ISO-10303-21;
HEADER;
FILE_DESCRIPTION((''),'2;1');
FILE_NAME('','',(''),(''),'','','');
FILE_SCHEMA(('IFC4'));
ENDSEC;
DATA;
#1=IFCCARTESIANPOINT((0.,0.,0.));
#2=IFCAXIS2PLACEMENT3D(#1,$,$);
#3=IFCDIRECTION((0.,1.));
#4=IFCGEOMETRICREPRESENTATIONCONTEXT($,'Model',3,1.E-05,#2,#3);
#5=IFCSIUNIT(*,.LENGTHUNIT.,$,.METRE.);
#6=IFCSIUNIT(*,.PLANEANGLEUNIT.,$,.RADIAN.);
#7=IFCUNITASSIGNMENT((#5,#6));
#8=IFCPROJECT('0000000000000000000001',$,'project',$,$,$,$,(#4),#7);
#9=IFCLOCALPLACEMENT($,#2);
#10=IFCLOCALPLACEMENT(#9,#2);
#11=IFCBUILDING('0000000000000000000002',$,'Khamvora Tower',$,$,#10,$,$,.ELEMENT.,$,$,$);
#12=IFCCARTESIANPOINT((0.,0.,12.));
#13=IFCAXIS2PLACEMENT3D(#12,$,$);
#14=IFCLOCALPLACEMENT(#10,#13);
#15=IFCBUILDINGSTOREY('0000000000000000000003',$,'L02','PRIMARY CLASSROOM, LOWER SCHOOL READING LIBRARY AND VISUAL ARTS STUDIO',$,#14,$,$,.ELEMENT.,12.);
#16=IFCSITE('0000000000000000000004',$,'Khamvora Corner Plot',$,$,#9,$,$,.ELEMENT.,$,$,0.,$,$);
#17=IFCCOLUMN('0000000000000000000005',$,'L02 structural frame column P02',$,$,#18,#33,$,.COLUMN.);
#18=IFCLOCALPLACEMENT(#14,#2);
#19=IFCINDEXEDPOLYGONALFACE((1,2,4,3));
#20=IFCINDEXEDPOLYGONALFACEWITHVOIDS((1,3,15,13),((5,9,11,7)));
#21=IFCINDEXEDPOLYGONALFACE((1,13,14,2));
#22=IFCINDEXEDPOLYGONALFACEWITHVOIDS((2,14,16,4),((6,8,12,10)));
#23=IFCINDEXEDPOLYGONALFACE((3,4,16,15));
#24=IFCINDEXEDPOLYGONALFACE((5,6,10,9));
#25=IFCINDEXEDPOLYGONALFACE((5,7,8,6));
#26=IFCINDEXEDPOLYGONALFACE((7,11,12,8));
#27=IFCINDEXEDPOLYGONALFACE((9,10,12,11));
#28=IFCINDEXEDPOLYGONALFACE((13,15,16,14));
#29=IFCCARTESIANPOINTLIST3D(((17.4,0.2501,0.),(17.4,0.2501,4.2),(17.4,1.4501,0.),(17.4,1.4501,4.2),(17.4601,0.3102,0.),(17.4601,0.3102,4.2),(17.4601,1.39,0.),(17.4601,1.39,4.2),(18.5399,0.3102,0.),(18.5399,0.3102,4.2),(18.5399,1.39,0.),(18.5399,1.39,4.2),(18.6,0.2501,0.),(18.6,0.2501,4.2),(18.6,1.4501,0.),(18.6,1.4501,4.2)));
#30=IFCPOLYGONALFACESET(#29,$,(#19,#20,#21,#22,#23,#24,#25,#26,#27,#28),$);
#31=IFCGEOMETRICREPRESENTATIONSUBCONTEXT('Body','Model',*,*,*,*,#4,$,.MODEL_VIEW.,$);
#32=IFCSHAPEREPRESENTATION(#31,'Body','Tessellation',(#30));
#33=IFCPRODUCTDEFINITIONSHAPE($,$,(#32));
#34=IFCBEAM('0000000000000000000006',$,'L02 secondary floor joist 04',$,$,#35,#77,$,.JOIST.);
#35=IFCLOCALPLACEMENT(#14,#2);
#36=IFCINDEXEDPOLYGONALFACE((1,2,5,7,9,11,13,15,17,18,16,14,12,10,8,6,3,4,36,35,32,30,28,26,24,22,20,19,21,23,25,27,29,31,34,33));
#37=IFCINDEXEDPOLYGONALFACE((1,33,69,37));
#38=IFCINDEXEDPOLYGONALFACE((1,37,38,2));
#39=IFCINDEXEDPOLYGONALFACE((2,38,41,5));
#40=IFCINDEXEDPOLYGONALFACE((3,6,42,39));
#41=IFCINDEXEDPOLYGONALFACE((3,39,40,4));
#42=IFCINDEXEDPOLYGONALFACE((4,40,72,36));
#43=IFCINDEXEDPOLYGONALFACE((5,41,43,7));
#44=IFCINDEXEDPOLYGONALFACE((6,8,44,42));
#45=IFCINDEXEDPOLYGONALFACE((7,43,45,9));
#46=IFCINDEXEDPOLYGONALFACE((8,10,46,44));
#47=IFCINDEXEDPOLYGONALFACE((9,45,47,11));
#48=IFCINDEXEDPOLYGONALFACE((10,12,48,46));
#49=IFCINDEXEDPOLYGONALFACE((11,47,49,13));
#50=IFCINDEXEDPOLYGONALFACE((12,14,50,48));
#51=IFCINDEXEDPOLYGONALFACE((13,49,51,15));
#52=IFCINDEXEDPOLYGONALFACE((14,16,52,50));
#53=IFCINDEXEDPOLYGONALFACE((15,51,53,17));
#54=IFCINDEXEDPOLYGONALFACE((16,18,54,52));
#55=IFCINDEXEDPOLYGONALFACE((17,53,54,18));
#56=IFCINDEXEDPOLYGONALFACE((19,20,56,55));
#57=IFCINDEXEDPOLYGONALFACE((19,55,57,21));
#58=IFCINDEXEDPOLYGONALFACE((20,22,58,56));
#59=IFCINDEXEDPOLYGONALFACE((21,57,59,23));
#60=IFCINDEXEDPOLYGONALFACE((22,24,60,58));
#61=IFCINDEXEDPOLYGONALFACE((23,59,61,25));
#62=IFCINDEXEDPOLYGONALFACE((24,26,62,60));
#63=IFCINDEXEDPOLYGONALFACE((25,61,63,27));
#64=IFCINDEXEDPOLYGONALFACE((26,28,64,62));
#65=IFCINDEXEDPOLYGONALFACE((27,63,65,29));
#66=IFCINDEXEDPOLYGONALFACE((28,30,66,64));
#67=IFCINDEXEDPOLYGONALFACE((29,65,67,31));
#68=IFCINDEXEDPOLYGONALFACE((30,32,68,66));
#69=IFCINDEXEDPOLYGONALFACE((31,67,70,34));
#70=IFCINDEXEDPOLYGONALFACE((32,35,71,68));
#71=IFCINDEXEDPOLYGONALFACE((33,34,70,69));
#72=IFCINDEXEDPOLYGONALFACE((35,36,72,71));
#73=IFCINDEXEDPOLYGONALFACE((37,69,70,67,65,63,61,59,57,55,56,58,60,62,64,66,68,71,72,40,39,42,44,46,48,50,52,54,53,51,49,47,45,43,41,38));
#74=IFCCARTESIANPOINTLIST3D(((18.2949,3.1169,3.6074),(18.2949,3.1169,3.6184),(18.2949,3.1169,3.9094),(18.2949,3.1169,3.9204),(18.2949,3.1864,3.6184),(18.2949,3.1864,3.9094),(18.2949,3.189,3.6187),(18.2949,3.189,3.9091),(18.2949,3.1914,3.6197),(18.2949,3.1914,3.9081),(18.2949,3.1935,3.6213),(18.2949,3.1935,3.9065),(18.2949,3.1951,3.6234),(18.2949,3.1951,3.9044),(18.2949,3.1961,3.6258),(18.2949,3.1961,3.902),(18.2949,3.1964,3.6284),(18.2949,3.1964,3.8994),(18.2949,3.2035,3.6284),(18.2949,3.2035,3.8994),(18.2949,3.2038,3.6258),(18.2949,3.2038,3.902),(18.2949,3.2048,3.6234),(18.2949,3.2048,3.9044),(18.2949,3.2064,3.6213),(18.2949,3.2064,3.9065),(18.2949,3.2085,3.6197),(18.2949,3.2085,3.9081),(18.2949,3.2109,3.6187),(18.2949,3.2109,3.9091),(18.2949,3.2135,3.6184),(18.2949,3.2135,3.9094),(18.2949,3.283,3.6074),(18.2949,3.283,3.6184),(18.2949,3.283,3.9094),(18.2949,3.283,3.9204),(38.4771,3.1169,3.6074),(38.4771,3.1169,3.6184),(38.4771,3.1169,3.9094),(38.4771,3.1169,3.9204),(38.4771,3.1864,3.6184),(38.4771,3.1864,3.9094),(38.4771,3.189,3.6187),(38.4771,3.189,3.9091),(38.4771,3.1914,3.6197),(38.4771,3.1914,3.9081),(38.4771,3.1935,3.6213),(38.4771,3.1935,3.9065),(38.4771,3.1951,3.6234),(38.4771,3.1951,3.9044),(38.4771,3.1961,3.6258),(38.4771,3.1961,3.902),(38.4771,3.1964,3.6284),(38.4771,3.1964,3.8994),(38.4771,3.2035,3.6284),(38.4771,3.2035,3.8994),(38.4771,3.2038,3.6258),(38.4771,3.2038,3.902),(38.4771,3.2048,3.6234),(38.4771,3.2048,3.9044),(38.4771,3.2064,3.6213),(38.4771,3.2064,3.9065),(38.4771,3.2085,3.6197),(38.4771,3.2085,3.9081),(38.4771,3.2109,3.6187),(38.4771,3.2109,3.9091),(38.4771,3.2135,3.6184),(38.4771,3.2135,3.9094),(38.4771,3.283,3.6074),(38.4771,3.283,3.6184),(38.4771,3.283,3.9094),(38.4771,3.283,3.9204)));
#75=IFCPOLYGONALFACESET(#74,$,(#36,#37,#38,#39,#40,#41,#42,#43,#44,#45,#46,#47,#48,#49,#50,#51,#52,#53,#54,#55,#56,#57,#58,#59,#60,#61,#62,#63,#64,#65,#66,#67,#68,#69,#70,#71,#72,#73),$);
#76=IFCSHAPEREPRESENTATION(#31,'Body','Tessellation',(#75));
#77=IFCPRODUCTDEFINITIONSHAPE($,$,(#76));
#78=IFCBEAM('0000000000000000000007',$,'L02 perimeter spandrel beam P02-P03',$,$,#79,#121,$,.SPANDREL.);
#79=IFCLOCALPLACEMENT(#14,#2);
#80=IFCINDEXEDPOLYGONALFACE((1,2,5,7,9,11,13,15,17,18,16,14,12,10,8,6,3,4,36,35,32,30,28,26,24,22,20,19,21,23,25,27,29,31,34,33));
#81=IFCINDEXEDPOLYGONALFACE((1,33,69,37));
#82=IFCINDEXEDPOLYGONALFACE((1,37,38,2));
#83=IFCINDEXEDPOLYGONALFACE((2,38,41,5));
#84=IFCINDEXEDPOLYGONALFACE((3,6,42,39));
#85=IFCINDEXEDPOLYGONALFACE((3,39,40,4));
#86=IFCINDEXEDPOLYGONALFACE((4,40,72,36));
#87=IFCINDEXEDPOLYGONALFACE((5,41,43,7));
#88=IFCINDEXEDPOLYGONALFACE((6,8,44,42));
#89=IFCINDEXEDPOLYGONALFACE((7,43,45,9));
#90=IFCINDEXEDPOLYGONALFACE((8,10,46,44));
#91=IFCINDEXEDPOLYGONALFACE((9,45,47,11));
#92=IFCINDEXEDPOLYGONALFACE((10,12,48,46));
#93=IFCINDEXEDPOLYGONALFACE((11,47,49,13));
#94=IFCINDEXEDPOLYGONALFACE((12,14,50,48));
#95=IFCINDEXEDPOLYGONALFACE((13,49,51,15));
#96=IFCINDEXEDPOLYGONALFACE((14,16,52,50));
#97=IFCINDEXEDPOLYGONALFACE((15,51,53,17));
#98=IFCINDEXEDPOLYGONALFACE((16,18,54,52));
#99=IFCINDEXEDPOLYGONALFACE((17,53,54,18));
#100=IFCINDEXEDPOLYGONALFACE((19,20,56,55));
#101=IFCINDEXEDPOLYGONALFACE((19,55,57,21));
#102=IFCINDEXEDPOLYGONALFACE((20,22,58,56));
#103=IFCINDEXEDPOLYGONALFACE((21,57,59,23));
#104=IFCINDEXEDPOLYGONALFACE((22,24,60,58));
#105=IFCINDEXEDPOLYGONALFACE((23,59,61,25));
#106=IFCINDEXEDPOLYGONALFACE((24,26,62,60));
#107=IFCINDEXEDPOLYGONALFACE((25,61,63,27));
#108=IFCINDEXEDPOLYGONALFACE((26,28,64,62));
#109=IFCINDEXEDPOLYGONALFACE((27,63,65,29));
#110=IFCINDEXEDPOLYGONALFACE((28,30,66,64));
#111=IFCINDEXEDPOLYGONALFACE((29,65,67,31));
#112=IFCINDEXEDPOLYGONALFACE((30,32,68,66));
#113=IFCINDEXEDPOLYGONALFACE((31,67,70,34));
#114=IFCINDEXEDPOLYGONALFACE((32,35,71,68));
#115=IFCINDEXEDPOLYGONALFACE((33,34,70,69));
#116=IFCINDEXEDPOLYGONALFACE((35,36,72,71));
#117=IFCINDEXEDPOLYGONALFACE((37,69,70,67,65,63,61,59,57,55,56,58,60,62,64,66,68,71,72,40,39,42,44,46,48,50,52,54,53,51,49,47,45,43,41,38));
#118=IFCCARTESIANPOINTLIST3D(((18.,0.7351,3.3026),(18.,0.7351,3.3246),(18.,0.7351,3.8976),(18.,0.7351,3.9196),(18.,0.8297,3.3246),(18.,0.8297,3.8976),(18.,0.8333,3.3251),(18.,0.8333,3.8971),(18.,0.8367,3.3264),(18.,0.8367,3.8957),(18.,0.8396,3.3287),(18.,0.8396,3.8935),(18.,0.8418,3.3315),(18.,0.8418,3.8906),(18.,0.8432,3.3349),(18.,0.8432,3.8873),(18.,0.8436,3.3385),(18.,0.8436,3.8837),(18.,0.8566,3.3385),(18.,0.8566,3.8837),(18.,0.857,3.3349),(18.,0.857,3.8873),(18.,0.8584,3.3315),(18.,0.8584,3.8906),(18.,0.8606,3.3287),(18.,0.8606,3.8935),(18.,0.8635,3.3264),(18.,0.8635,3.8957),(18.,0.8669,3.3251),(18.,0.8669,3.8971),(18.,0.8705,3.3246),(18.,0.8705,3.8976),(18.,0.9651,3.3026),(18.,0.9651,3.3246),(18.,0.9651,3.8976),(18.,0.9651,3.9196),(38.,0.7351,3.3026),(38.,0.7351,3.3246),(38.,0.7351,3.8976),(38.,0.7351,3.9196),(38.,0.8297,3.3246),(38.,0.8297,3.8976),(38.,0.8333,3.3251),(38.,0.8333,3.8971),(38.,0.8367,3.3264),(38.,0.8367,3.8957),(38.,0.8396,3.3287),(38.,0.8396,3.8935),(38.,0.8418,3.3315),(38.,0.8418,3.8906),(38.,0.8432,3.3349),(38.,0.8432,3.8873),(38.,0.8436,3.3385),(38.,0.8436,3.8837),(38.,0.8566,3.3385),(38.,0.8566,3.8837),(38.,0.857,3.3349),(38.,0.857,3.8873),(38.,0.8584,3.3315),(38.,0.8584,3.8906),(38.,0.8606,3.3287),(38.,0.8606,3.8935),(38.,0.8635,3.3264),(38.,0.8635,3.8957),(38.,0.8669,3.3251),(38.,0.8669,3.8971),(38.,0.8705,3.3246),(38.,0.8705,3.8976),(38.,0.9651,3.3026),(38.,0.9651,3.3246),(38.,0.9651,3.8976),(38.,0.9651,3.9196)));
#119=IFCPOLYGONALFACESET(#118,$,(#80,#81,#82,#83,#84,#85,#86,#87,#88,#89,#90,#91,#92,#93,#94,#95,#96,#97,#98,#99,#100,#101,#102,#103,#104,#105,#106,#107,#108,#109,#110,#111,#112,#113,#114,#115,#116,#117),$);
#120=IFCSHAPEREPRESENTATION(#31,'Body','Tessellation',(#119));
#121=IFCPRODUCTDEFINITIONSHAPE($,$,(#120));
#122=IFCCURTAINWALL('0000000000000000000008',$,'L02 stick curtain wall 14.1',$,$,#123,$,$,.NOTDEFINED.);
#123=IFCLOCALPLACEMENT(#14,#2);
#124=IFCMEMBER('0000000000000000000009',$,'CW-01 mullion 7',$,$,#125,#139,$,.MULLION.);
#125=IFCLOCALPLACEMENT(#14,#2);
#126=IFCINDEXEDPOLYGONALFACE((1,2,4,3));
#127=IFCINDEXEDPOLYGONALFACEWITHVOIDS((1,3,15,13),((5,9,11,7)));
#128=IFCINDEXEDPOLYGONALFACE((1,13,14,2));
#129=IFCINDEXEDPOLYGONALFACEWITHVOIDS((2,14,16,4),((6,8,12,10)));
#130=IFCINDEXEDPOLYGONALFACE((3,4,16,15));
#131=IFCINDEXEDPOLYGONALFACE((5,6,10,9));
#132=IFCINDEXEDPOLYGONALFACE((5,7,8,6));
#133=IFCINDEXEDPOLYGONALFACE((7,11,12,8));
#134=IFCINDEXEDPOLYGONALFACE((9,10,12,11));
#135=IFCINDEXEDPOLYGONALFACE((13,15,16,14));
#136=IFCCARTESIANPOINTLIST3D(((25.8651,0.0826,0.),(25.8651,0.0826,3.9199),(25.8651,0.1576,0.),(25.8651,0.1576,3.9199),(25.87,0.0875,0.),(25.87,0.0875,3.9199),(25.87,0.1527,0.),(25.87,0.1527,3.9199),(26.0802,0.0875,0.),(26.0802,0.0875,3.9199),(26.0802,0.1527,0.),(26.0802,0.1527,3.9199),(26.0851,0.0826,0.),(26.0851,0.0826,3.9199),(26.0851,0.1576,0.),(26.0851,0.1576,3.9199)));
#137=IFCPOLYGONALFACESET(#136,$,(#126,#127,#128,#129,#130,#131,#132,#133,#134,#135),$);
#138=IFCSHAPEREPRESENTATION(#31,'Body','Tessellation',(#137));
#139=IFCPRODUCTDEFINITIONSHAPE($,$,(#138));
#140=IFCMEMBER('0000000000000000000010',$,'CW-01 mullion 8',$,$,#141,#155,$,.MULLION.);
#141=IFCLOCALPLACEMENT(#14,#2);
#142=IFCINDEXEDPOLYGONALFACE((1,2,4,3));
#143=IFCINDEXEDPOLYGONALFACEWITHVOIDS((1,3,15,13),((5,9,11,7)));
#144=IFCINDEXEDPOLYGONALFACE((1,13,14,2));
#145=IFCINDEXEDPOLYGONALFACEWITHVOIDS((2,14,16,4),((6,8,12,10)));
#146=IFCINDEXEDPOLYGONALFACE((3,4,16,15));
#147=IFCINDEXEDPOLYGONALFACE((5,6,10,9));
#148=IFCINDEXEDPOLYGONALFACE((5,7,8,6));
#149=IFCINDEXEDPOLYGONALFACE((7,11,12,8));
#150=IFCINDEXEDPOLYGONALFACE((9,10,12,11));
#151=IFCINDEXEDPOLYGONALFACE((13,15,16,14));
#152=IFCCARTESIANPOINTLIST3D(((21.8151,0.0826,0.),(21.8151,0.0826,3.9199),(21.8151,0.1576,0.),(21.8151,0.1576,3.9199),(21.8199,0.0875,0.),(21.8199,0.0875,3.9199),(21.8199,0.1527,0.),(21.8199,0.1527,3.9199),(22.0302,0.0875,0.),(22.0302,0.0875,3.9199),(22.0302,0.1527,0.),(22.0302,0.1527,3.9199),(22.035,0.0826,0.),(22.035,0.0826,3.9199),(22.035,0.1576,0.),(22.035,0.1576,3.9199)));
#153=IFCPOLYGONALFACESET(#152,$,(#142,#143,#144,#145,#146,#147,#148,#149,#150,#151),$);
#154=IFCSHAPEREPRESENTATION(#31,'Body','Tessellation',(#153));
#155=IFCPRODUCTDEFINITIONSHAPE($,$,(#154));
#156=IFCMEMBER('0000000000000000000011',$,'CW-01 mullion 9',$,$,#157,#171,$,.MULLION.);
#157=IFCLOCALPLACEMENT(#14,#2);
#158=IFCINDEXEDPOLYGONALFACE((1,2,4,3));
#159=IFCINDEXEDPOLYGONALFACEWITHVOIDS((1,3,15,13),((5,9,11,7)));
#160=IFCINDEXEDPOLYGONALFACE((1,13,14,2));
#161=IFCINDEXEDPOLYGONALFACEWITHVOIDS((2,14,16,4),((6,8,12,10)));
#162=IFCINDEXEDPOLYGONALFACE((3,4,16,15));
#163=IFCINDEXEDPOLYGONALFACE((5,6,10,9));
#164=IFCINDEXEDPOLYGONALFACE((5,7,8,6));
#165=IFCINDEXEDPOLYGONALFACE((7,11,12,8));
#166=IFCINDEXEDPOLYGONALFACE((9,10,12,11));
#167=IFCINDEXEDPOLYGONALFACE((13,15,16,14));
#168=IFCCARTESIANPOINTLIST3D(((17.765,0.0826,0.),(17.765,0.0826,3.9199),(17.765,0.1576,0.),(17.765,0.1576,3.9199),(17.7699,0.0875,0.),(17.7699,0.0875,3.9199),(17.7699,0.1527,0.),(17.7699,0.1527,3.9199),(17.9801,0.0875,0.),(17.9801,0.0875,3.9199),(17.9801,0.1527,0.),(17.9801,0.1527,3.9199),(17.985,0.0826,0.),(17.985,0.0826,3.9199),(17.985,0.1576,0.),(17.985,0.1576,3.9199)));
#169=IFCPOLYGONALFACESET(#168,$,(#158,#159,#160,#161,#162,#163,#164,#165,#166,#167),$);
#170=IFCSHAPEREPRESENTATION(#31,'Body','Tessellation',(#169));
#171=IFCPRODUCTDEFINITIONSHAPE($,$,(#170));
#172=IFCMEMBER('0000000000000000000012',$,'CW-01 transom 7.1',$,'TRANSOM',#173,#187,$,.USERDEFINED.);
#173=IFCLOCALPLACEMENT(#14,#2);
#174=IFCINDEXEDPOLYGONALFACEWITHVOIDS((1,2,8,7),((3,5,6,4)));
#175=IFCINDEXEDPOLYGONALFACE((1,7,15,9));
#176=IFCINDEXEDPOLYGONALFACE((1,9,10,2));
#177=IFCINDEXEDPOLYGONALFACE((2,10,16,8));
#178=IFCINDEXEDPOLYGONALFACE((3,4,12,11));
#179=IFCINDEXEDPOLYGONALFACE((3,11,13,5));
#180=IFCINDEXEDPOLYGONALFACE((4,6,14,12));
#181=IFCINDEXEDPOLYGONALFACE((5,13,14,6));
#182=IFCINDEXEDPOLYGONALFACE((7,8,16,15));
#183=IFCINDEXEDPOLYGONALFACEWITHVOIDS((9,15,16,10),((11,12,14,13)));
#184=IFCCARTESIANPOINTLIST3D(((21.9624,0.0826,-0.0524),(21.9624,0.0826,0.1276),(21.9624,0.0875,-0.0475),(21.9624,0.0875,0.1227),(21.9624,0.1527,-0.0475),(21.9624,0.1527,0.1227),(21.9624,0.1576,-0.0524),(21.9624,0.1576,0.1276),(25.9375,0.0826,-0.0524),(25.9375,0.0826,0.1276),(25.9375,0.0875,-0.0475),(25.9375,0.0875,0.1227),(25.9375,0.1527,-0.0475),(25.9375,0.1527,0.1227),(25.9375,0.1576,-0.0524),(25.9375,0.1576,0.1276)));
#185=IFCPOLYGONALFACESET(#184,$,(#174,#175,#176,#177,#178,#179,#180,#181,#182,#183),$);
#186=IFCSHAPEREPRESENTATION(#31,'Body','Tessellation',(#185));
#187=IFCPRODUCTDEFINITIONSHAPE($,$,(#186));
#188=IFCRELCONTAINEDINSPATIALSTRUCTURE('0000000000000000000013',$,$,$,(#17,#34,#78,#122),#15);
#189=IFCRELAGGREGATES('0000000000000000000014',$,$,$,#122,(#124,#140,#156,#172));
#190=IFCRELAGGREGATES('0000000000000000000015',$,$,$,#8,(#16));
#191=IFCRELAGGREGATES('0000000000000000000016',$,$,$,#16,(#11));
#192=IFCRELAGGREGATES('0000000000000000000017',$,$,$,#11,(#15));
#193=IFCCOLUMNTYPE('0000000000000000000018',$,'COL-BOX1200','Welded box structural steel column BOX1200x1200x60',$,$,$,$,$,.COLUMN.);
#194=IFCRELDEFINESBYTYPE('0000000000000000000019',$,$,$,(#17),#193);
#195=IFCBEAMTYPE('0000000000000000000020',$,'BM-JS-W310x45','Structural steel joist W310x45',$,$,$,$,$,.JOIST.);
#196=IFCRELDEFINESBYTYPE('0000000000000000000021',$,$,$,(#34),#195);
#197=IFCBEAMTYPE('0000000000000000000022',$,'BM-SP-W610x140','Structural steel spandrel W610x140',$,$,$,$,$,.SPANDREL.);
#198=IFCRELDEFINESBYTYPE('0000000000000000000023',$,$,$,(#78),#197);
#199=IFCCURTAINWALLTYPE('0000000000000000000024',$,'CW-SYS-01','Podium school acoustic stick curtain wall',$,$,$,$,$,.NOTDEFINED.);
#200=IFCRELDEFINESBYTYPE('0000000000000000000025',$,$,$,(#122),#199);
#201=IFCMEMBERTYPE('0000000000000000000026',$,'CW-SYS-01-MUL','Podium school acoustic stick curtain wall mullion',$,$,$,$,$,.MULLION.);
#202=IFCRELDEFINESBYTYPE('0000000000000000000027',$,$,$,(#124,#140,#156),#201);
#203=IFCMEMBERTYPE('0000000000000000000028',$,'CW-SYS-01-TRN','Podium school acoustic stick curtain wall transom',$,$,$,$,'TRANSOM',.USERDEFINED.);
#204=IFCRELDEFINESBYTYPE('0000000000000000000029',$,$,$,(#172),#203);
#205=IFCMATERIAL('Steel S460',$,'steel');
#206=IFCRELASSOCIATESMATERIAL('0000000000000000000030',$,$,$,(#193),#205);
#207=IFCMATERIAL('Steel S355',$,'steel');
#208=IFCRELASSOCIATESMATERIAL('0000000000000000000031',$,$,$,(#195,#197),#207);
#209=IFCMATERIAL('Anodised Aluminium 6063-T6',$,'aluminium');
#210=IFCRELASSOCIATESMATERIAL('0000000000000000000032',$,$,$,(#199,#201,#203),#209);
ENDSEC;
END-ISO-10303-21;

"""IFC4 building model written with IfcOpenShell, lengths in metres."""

from ifc_helpers import new_model, si_unit, direction, frame, origin, origin_2d, place, context, subcontext, project, spatial, hollow_rectangle, i_section, extrude, material, material_profile, profile_set, type_object, element, aggregate, save


model = new_model("IFC4")

# Units and contexts
model_context = context("Model", 3, precision=1e-05, world=origin(), true_north=direction((0.0, 1.0)))
body_context = subcontext(model_context, "Body", "Model", "MODEL_VIEW")
ifc_project = project(units=[si_unit("LENGTHUNIT", "METRE"), si_unit("PLANEANGLEUNIT", "RADIAN")], contexts=[model_context])

# Site, building, storey
site_placement = place(None, origin())
site = spatial("IfcSite", under=ifc_project, at=site_placement, Name="Khamvora Corner Plot", CompositionType="ELEMENT", RefElevation=0.0)
building_placement = place(site_placement, origin())
building = spatial("IfcBuilding", under=site, at=building_placement, Name="Khamvora Tower", CompositionType="ELEMENT")
storey_placement = place(building_placement, frame((0.0, 0.0, 12.0)))
storey = spatial("IfcBuildingStorey", under=building, at=storey_placement, Name="L02", Description="PRIMARY CLASSROOM, LOWER SCHOOL READING LIBRARY AND VISUAL ARTS STUDIO", CompositionType="ELEMENT", Elevation=12.0)

# Column
ifc_material_1 = material(Name="Steel S460", Category="steel")
ifc_material_profile_1 = material_profile(ifc_material_1, hollow_rectangle(XDim=1.2, YDim=1.2, WallThickness=0.0601, at=origin_2d()), Name="BOX1200x1200x60")
ifc_profile_set_1 = profile_set([ifc_material_profile_1], Name="Steel S460")
column_type = type_object("IfcColumnType", Name="COL-BOX1200", Description="Welded box structural steel column BOX1200x1200x60", PredefinedType="COLUMN", material=ifc_profile_set_1)
column_placement = place(storey_placement, frame((18.0, 0.8501, 0.0), z_axis=(0.0, 0.0, 1.0), x_axis=(1.0, 0.0, 0.0)))
element("IfcColumn", 1, at=column_placement, inside=storey, type_object=column_type, Name="L02 structural frame column P02", PredefinedType="COLUMN", context=body_context, shape_type="SweptSolid", body=[
    extrude(hollow_rectangle(XDim=1.2, YDim=1.2, WallThickness=0.0601, at=origin_2d()), origin(), (0.0, 0.0, 1.0), 4.2),
])

# Beams
ifc_material_2 = material(Name="Steel S355", Category="steel")
ifc_material_profile_2 = material_profile(ifc_material_2, i_section(OverallWidth=0.166, OverallDepth=0.313, WebThickness=0.0071, FlangeThickness=0.011, FilletRadius=0.01, at=origin_2d()), Name="W310x45")
ifc_profile_set_2 = profile_set([ifc_material_profile_2], Name="Steel S355")
beam_type_1 = type_object("IfcBeamType", Name="BM-JS-W310x45", Description="Structural steel joist W310x45", PredefinedType="JOIST", material=ifc_profile_set_2)
beam_1_placement = place(storey_placement, frame((18.2949, 3.2, 3.7639), z_axis=(1.0, 0.0, 0.0), x_axis=(0.0, 1.0, 0.0)))
element("IfcBeam", 2, at=beam_1_placement, inside=storey, type_object=beam_type_1, Name="L02 secondary floor joist 04", PredefinedType="JOIST", context=body_context, shape_type="SweptSolid", body=[
    extrude(i_section(OverallWidth=0.166, OverallDepth=0.313, WebThickness=0.0071, FlangeThickness=0.011, FilletRadius=0.01, at=origin_2d()), origin(), (0.0, 0.0, 1.0), 20.1821),
])
ifc_material_profile_3 = material_profile(ifc_material_2, i_section(OverallWidth=0.23, OverallDepth=0.6169, WebThickness=0.0129, FlangeThickness=0.022, FilletRadius=0.0139, at=origin_2d()), Name="W610x140")
ifc_profile_set_3 = profile_set([ifc_material_profile_3], Name="Steel S355")
beam_type_2 = type_object("IfcBeamType", Name="BM-SP-W610x140", Description="Structural steel spandrel W610x140", PredefinedType="SPANDREL", material=ifc_profile_set_3)
beam_2_placement = place(storey_placement, frame((18.0, 0.8501, 3.6111), z_axis=(1.0, 0.0, 0.0), x_axis=(0.0, 1.0, 0.0)))
element("IfcBeam", 3, at=beam_2_placement, inside=storey, type_object=beam_type_2, Name="L02 perimeter spandrel beam P02-P03", PredefinedType="SPANDREL", context=body_context, shape_type="SweptSolid", body=[
    extrude(i_section(OverallWidth=0.23, OverallDepth=0.6169, WebThickness=0.0129, FlangeThickness=0.022, FilletRadius=0.0139, at=origin_2d()), origin(), (0.0, 0.0, 1.0), 20.0),
])

# Curtain wall, members
ifc_material_3 = material(Name="Anodised Aluminium 6063-T6", Category="aluminium")
curtain_wall_type = type_object("IfcCurtainWallType", Name="CW-SYS-01", Description="Podium school acoustic stick curtain wall", PredefinedType="NOTDEFINED", material=ifc_material_3)
curtain_wall_placement = place(storey_placement, origin())
curtain_wall = element("IfcCurtainWall", 4, at=curtain_wall_placement, inside=storey, type_object=curtain_wall_type, Name="L02 stick curtain wall 14.1", PredefinedType="NOTDEFINED")
ifc_material_profile_4 = material_profile(ifc_material_3, hollow_rectangle(XDim=0.075, YDim=0.22, WallThickness=0.0049, at=origin_2d()), Name="MUL75x220x5")
ifc_profile_set_4 = profile_set([ifc_material_profile_4], Name="Anodised Aluminium 6063-T6")
member_type_1 = type_object("IfcMemberType", Name="CW-SYS-01-MUL", Description="Podium school acoustic stick curtain wall mullion", PredefinedType="MULLION", material=ifc_profile_set_4)
member_1_placement = place(storey_placement, frame((25.9751, 0.1201, 0.0), z_axis=(0.0, 0.0, 1.0), x_axis=(0.0, -1.0, 0.0)))
member_1 = element("IfcMember", 5, at=member_1_placement, type_object=member_type_1, Name="CW-01 mullion 7", PredefinedType="MULLION", context=body_context, shape_type="SweptSolid", body=[
    extrude(hollow_rectangle(XDim=0.075, YDim=0.22, WallThickness=0.0049, at=origin_2d()), origin(), (0.0, 0.0, 1.0), 3.9199),
])
member_2_placement = place(storey_placement, frame((21.925, 0.1201, 0.0), z_axis=(0.0, 0.0, 1.0), x_axis=(0.0, -1.0, 0.0)))
member_2 = element("IfcMember", 6, at=member_2_placement, type_object=member_type_1, Name="CW-01 mullion 8", PredefinedType="MULLION", context=body_context, shape_type="SweptSolid", body=[
    extrude(hollow_rectangle(XDim=0.075, YDim=0.22, WallThickness=0.0049, at=origin_2d()), origin(), (0.0, 0.0, 1.0), 3.9199),
])
member_3_placement = place(storey_placement, frame((17.875, 0.1201, 0.0), z_axis=(0.0, 0.0, 1.0), x_axis=(0.0, -1.0, 0.0)))
member_3 = element("IfcMember", 7, at=member_3_placement, type_object=member_type_1, Name="CW-01 mullion 9", PredefinedType="MULLION", context=body_context, shape_type="SweptSolid", body=[
    extrude(hollow_rectangle(XDim=0.075, YDim=0.22, WallThickness=0.0049, at=origin_2d()), origin(), (0.0, 0.0, 1.0), 3.9199),
])
ifc_material_profile_5 = material_profile(ifc_material_3, hollow_rectangle(XDim=0.075, YDim=0.1799, WallThickness=0.0049, at=origin_2d()), Name="TRN75x180x5")
ifc_profile_set_5 = profile_set([ifc_material_profile_5], Name="Anodised Aluminium 6063-T6")
member_type_2 = type_object("IfcMemberType", Name="CW-SYS-01-TRN", Description="Podium school acoustic stick curtain wall transom", ElementType="TRANSOM", PredefinedType="USERDEFINED", material=ifc_profile_set_5)
member_4_placement = place(storey_placement, frame((25.9375, 0.1201, 0.0376), z_axis=(-1.0, 0.0, 0.0), x_axis=(0.0, -1.0, 0.0)))
member_4 = element("IfcMember", 8, at=member_4_placement, type_object=member_type_2, Name="CW-01 transom 7.1", ObjectType="TRANSOM", PredefinedType="USERDEFINED", context=body_context, shape_type="SweptSolid", body=[
    extrude(hollow_rectangle(XDim=0.075, YDim=0.1799, WallThickness=0.0049, at=origin_2d()), origin(), (0.0, 0.0, 1.0), 3.9751),
])
aggregate(curtain_wall, [member_1, member_2, member_3, member_4])

save(model, "model.ifc")
